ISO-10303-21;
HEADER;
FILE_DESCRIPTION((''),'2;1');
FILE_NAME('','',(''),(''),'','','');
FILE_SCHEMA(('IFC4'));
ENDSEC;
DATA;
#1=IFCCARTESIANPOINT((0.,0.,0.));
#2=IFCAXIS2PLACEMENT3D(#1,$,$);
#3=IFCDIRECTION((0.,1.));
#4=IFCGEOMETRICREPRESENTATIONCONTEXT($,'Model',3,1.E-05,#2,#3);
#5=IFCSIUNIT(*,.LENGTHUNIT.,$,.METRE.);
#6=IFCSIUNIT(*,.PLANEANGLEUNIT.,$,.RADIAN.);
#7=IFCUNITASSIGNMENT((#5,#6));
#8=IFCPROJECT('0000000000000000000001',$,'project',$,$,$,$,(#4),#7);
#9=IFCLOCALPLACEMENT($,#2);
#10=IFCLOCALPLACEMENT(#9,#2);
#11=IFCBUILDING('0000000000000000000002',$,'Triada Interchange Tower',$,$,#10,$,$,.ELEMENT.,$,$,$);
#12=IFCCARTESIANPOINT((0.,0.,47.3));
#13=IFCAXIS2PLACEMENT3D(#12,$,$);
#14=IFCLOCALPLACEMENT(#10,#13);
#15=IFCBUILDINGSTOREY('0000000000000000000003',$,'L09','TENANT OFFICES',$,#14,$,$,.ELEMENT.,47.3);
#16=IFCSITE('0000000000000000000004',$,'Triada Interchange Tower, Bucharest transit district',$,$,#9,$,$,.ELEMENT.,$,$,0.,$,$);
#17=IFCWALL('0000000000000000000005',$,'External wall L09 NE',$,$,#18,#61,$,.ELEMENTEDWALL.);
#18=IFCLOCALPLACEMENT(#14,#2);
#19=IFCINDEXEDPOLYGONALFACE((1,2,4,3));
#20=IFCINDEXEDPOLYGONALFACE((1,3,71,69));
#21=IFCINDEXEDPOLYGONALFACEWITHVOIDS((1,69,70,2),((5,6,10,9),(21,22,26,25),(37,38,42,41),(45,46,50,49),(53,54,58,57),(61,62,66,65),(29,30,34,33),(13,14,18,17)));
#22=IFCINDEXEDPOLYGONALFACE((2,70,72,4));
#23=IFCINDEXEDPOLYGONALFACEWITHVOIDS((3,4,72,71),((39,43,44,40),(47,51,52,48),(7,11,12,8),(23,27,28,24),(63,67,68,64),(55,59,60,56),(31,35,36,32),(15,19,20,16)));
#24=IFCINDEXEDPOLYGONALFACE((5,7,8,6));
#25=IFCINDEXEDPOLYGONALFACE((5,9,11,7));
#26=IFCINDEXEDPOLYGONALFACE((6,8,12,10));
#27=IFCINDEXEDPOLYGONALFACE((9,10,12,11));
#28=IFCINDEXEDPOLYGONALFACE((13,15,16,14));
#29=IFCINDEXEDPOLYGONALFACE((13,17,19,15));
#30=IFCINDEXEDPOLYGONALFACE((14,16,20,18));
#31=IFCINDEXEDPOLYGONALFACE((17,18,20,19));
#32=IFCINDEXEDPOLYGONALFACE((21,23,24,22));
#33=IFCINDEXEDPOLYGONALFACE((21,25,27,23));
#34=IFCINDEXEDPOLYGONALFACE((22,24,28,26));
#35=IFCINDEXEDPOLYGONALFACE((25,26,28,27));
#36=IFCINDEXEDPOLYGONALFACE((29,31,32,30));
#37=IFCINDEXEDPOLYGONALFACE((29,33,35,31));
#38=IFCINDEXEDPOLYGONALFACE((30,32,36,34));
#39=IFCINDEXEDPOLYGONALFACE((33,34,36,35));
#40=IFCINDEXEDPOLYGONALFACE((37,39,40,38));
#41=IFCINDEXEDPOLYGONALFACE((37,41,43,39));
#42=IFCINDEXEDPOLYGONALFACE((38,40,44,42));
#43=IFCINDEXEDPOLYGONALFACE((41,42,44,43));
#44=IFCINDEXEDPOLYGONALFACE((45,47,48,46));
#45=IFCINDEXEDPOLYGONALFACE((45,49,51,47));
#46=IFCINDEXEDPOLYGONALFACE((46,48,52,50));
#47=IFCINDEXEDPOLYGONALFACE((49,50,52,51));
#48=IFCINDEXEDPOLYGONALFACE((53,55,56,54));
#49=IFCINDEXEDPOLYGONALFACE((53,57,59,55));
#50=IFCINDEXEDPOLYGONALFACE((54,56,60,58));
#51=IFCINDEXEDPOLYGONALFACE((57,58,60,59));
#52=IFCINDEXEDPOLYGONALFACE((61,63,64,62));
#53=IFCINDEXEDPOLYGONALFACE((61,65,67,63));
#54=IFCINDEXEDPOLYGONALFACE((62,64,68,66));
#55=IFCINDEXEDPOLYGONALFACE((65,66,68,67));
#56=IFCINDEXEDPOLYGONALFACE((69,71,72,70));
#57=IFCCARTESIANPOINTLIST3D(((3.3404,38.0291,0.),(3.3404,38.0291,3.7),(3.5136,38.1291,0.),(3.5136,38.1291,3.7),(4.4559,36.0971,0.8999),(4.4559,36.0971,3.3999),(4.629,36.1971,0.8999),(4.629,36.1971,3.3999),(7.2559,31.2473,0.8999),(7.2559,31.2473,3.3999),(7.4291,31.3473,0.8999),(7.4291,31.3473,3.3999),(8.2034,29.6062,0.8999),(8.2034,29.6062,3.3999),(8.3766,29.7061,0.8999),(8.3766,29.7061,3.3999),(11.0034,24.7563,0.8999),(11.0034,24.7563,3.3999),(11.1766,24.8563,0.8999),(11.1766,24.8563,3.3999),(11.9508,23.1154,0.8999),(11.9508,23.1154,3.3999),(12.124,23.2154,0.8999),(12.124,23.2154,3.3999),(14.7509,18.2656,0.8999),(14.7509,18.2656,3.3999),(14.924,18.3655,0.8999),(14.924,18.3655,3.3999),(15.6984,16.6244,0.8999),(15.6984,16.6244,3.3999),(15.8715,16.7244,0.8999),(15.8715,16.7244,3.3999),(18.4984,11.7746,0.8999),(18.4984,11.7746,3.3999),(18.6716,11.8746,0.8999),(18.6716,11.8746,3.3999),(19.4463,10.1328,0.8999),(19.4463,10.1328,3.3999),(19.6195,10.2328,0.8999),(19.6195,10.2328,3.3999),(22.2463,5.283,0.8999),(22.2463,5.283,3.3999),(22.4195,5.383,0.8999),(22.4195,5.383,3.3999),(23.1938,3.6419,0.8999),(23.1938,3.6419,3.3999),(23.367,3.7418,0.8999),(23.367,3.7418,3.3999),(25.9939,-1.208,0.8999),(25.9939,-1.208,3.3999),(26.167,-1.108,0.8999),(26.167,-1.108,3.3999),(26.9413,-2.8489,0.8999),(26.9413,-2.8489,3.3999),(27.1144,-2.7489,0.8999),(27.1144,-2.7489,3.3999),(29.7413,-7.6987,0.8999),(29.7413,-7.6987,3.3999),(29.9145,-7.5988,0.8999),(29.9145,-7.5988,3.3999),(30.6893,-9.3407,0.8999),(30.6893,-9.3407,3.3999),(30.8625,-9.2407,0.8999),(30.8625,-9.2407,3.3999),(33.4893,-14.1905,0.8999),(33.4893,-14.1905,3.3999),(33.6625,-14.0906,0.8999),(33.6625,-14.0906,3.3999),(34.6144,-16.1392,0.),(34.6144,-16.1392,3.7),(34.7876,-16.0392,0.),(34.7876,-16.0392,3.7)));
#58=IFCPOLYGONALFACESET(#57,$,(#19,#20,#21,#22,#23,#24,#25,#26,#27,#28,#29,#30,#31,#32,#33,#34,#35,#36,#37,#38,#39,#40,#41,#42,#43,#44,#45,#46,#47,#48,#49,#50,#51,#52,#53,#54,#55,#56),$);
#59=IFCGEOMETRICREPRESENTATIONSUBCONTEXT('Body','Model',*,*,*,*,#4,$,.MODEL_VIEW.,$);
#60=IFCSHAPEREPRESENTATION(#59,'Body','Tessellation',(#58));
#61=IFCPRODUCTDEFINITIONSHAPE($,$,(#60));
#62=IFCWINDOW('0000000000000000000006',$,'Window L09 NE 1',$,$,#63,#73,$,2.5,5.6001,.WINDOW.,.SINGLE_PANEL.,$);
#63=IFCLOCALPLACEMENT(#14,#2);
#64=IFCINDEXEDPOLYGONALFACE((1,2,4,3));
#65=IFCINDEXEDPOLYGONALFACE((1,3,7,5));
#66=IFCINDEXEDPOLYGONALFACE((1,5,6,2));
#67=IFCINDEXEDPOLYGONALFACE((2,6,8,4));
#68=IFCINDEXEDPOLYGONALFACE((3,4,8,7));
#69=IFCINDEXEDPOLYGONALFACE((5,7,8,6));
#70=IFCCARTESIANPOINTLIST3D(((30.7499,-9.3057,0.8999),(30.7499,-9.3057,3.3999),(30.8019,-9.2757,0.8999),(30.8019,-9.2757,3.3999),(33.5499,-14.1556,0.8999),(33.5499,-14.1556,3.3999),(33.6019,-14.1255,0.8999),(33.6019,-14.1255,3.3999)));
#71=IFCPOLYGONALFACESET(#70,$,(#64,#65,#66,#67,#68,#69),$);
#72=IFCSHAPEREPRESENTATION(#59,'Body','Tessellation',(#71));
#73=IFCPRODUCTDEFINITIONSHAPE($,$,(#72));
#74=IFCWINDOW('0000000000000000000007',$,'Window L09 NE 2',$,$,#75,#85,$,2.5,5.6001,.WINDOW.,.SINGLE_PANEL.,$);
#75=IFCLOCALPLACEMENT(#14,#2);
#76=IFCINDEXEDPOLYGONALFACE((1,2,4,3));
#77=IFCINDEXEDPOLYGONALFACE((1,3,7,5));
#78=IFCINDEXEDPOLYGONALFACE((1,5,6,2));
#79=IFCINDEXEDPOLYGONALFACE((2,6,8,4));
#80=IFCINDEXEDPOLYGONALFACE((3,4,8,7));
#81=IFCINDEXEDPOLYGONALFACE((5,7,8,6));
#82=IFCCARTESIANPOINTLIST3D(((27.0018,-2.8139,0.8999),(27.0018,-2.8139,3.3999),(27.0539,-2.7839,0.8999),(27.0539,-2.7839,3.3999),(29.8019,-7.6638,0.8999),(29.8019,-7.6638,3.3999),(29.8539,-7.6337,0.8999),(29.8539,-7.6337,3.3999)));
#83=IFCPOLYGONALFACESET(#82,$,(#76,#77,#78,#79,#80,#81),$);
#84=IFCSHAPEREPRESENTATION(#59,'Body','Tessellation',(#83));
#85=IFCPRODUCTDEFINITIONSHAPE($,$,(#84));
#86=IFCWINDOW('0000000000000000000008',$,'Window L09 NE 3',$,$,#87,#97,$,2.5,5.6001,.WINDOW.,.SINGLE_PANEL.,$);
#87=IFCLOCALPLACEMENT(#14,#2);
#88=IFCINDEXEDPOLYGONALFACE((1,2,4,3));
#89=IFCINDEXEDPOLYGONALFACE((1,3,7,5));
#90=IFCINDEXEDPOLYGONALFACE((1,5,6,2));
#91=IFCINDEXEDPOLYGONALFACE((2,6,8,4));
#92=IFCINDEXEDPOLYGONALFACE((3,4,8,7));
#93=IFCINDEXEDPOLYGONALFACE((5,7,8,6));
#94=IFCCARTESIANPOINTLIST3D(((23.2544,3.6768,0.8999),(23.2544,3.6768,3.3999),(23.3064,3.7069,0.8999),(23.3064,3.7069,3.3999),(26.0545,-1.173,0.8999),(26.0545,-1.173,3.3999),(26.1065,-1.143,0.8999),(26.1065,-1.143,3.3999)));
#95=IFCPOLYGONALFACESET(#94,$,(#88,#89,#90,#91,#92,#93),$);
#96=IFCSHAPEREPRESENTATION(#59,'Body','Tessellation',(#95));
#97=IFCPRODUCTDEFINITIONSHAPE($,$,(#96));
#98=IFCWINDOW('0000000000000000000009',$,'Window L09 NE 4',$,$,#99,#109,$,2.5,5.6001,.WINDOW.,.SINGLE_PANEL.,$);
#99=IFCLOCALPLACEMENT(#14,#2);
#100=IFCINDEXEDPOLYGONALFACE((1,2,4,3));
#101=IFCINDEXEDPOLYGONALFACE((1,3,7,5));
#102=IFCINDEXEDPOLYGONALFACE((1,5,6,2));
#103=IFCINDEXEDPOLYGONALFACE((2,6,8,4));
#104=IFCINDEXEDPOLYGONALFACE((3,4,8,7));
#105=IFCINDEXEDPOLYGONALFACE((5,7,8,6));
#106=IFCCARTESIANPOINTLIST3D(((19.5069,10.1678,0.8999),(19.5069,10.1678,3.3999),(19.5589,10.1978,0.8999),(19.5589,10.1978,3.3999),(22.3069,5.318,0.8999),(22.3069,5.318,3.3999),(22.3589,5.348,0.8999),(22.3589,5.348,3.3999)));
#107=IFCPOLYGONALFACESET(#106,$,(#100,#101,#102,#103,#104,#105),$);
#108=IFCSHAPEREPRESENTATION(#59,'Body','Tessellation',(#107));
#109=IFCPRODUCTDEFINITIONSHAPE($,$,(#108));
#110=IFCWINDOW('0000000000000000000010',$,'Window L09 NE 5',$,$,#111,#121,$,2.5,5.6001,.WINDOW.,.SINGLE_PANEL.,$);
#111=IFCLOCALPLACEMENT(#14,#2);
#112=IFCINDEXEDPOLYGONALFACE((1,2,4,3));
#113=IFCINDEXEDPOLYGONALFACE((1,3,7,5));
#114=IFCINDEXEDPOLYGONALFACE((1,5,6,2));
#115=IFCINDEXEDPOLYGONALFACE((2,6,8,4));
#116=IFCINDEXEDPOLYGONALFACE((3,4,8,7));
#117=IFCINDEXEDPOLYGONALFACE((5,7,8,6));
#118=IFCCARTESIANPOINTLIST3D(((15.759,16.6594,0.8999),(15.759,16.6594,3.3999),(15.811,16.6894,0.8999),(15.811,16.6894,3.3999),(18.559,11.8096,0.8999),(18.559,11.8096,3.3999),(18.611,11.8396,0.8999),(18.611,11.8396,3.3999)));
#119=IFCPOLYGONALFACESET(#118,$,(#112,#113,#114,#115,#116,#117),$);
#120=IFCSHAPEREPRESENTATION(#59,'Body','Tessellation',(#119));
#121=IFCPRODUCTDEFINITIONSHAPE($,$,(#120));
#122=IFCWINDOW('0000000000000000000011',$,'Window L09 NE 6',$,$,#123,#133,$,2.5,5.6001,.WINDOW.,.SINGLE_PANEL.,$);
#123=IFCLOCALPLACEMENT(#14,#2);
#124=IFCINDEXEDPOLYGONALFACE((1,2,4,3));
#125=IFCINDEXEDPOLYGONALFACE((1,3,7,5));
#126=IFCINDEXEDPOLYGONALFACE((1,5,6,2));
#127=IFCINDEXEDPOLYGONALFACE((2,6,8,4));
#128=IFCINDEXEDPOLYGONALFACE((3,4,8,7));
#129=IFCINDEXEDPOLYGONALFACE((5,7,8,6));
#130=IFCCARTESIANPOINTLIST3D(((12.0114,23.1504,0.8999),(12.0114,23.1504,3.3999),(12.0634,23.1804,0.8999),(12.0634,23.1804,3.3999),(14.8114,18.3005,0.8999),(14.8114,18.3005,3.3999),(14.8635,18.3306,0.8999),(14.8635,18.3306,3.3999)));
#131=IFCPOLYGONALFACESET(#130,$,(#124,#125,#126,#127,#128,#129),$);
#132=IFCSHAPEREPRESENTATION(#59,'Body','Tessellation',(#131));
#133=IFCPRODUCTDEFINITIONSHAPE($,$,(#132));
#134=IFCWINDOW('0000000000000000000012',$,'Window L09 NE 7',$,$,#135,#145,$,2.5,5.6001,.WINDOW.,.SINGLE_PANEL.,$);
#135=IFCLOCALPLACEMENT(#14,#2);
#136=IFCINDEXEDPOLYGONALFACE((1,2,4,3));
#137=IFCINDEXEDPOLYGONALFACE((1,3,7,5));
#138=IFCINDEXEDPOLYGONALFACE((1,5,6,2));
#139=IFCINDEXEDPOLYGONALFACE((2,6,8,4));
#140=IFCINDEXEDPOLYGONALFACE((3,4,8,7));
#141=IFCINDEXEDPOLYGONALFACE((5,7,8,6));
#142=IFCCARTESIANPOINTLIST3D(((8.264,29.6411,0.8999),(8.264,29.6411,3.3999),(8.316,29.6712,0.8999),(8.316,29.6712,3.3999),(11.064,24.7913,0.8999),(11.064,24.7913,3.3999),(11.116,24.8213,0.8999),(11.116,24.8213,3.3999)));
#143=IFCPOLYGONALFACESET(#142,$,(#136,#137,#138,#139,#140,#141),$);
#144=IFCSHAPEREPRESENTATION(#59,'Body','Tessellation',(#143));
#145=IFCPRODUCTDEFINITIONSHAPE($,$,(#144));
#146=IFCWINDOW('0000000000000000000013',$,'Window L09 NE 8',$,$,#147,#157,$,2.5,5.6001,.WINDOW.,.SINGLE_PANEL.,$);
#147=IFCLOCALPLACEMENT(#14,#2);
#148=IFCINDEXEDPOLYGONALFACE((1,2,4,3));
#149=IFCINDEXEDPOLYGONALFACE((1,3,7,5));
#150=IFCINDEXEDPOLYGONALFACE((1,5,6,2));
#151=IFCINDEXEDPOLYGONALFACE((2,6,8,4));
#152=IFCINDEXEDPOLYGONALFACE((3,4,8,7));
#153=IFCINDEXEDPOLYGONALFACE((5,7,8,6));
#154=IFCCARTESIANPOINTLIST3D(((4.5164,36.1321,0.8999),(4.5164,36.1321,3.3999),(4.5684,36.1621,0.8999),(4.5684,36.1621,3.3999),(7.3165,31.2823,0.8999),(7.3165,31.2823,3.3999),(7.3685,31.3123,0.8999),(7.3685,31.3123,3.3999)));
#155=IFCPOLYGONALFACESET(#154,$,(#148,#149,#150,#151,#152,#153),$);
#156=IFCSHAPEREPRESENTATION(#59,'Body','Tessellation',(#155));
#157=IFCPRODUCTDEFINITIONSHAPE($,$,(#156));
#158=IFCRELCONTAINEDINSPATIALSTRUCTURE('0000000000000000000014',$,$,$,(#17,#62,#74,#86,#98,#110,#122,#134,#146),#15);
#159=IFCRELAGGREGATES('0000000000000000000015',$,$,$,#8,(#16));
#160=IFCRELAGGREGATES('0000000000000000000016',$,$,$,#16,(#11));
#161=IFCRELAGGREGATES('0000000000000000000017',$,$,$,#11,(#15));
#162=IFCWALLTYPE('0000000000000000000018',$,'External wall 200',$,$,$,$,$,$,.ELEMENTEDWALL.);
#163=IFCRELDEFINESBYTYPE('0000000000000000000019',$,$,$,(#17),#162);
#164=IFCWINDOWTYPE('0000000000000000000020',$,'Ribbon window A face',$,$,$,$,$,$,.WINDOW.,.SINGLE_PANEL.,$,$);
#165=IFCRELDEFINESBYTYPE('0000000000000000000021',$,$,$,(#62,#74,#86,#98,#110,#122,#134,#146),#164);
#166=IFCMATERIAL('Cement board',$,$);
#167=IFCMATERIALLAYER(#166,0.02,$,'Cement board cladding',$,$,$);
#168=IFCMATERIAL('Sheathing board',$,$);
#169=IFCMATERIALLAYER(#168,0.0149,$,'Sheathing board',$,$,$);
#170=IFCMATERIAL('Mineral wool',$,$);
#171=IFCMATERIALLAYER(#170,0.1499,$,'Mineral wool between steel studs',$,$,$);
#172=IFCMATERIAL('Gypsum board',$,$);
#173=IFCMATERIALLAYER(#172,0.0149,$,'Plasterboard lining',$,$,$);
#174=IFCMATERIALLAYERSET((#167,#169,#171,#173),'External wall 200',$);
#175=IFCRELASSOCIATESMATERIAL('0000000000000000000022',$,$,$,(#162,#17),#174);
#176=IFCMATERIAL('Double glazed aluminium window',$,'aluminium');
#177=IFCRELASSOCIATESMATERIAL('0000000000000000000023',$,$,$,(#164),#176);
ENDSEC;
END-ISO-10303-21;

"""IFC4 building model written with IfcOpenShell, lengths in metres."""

from ifc_helpers import new_model, si_unit, direction, frame, frame_2d, origin, place, context, subcontext, project, spatial, rectangle, extrude, material, layer, layer_set, layer_usage, type_object, element, fill, save


model = new_model("IFC4")

# Units and contexts
model_context = context("Model", 3, precision=1e-05, world=origin(), true_north=direction((0.0, 1.0)))
body_context = subcontext(model_context, "Body", "Model", "MODEL_VIEW")
ifc_project = project(units=[si_unit("LENGTHUNIT", "METRE"), si_unit("PLANEANGLEUNIT", "RADIAN")], contexts=[model_context])

# Site, building, storey
site_placement = place(None, origin())
site = spatial("IfcSite", under=ifc_project, at=site_placement, Name="Triada Interchange Tower, Bucharest transit district", CompositionType="ELEMENT", RefElevation=0.0)
building_placement = place(site_placement, origin())
building = spatial("IfcBuilding", under=site, at=building_placement, Name="Triada Interchange Tower", CompositionType="ELEMENT")
storey_placement = place(building_placement, frame((0.0, 0.0, 47.3)))
storey = spatial("IfcBuildingStorey", under=building, at=storey_placement, Name="L09", Description="TENANT OFFICES", CompositionType="ELEMENT", Elevation=47.3)

# Shared definitions
ifc_material_1 = material(Name="Cement board")
ifc_layer_1 = layer(ifc_material_1, 0.02, Name="Cement board cladding")
ifc_material_2 = material(Name="Sheathing board")
ifc_layer_2 = layer(ifc_material_2, 0.0149, Name="Sheathing board")
ifc_material_3 = material(Name="Mineral wool")
ifc_layer_3 = layer(ifc_material_3, 0.1499, Name="Mineral wool between steel studs")
ifc_material_4 = material(Name="Gypsum board")
ifc_layer_4 = layer(ifc_material_4, 0.0149, Name="Plasterboard lining")
ifc_layer_set_1 = layer_set([ifc_layer_1, ifc_layer_2, ifc_layer_3, ifc_layer_4], Name="External wall 200")
ifc_layer_usage = layer_usage(ifc_layer_set_1, "AXIS2", "POSITIVE", -0.1001)
wall_type_1 = type_object("IfcWallType", Name="External wall 200", PredefinedType="ELEMENTEDWALL", material=ifc_layer_set_1)
ifc_material_5 = material(Name="Double glazed aluminium window", Category="aluminium")

# Wall, openings, windows
wall_1_placement = place(storey_placement, frame((34.7009, -16.0891, 0.0), z_axis=(0.0, 0.0, 1.0), x_axis=(-0.499999, 0.866026, 0.0)))
wall_1 = element("IfcWall", 1, at=wall_1_placement, inside=storey, type_object=wall_type_1, material=ifc_layer_usage, Name="External wall L09 NE", PredefinedType="ELEMENTEDWALL", context=body_context, shape_type="SweptSolid", body=[
    extrude(rectangle(XDim=62.5481, YDim=0.2, at=frame_2d((31.2739, 0.0))), origin(), (0.0, 0.0, 1.0), 3.7),
])
opening_1_placement = place(wall_1_placement, frame((2.25, 0.0, 0.8999)))
opening_1 = element("IfcOpeningElement", 2, at=opening_1_placement, cuts=wall_1, PredefinedType="OPENING", context=body_context, shape_type="SweptSolid", body=[
    extrude(rectangle(XDim=5.6001, YDim=2.5, at=frame_2d((2.8, 1.25))), frame((0.0, 0.1099, 0.0), z_axis=(0.0, -1.0, 0.0), x_axis=(1.0, 0.0, 0.0)), (0.0, 0.0, 1.0), 0.22),
])
opening_2_placement = place(wall_1_placement, frame((9.7461, 0.0, 0.8999)))
opening_2 = element("IfcOpeningElement", 3, at=opening_2_placement, cuts=wall_1, PredefinedType="OPENING", context=body_context, shape_type="SweptSolid", body=[
    extrude(rectangle(XDim=5.6001, YDim=2.5, at=frame_2d((2.8, 1.25))), frame((0.0, 0.1099, 0.0), z_axis=(0.0, -1.0, 0.0), x_axis=(1.0, 0.0, 0.0)), (0.0, 0.0, 1.0), 0.22),
])
opening_3_placement = place(wall_1_placement, frame((17.241, 0.0, 0.8999)))
opening_3 = element("IfcOpeningElement", 4, at=opening_3_placement, cuts=wall_1, PredefinedType="OPENING", context=body_context, shape_type="SweptSolid", body=[
    extrude(rectangle(XDim=5.6001, YDim=2.5, at=frame_2d((2.8, 1.25))), frame((0.0, 0.1099, 0.0), z_axis=(0.0, -1.0, 0.0), x_axis=(1.0, 0.0, 0.0)), (0.0, 0.0, 1.0), 0.22),
])
opening_4_placement = place(wall_1_placement, frame((24.7361, 0.0, 0.8999)))
opening_4 = element("IfcOpeningElement", 5, at=opening_4_placement, cuts=wall_1, PredefinedType="OPENING", context=body_context, shape_type="SweptSolid", body=[
    extrude(rectangle(XDim=5.6001, YDim=2.5, at=frame_2d((2.8, 1.25))), frame((0.0, 0.1099, 0.0), z_axis=(0.0, -1.0, 0.0), x_axis=(1.0, 0.0, 0.0)), (0.0, 0.0, 1.0), 0.22),
])
opening_5_placement = place(wall_1_placement, frame((32.2319, 0.0, 0.8999)))
opening_5 = element("IfcOpeningElement", 6, at=opening_5_placement, cuts=wall_1, PredefinedType="OPENING", context=body_context, shape_type="SweptSolid", body=[
    extrude(rectangle(XDim=5.6001, YDim=2.5, at=frame_2d((2.8, 1.25))), frame((0.0, 0.1099, 0.0), z_axis=(0.0, -1.0, 0.0), x_axis=(1.0, 0.0, 0.0)), (0.0, 0.0, 1.0), 0.22),
])
opening_6_placement = place(wall_1_placement, frame((39.7271, 0.0, 0.8999)))
opening_6 = element("IfcOpeningElement", 7, at=opening_6_placement, cuts=wall_1, PredefinedType="OPENING", context=body_context, shape_type="SweptSolid", body=[
    extrude(rectangle(XDim=5.6001, YDim=2.5, at=frame_2d((2.8, 1.25))), frame((0.0, 0.1099, 0.0), z_axis=(0.0, -1.0, 0.0), x_axis=(1.0, 0.0, 0.0)), (0.0, 0.0, 1.0), 0.22),
])
opening_7_placement = place(wall_1_placement, frame((47.2219, 0.0, 0.8999)))
opening_7 = element("IfcOpeningElement", 8, at=opening_7_placement, cuts=wall_1, PredefinedType="OPENING", context=body_context, shape_type="SweptSolid", body=[
    extrude(rectangle(XDim=5.6001, YDim=2.5, at=frame_2d((2.8, 1.25))), frame((0.0, 0.1099, 0.0), z_axis=(0.0, -1.0, 0.0), x_axis=(1.0, 0.0, 0.0)), (0.0, 0.0, 1.0), 0.22),
])
opening_8_placement = place(wall_1_placement, frame((54.717, 0.0, 0.8999)))
opening_8 = element("IfcOpeningElement", 9, at=opening_8_placement, cuts=wall_1, PredefinedType="OPENING", context=body_context, shape_type="SweptSolid", body=[
    extrude(rectangle(XDim=5.6001, YDim=2.5, at=frame_2d((2.8, 1.25))), frame((0.0, 0.1099, 0.0), z_axis=(0.0, -1.0, 0.0), x_axis=(1.0, 0.0, 0.0)), (0.0, 0.0, 1.0), 0.22),
])
window_type_1 = type_object("IfcWindowType", Name="Ribbon window A face", PartitioningType="SINGLE_PANEL", PredefinedType="WINDOW", material=ifc_material_5)
window_1_placement = place(opening_1_placement, origin())
window_1 = element("IfcWindow", 10, at=window_1_placement, inside=storey, type_object=window_type_1, Name="Window L09 NE 1", OverallHeight=2.5, OverallWidth=5.6001, PartitioningType="SINGLE_PANEL", PredefinedType="WINDOW", context=body_context, shape_type="SweptSolid", body=[
    extrude(rectangle(XDim=5.6001, YDim=2.5, at=frame_2d((2.8, 1.25))), frame((0.0, 0.03, 0.0), z_axis=(0.0, -1.0, 0.0), x_axis=(1.0, 0.0, 0.0)), (0.0, 0.0, 1.0), 0.0601),
])
fill(opening_1, window_1)
window_2_placement = place(opening_2_placement, origin())
window_2 = element("IfcWindow", 11, at=window_2_placement, inside=storey, type_object=window_type_1, Name="Window L09 NE 2", OverallHeight=2.5, OverallWidth=5.6001, PartitioningType="SINGLE_PANEL", PredefinedType="WINDOW", context=body_context, shape_type="SweptSolid", body=[
    extrude(rectangle(XDim=5.6001, YDim=2.5, at=frame_2d((2.8, 1.25))), frame((0.0, 0.03, 0.0), z_axis=(0.0, -1.0, 0.0), x_axis=(1.0, 0.0, 0.0)), (0.0, 0.0, 1.0), 0.0601),
])
fill(opening_2, window_2)
window_3_placement = place(opening_3_placement, origin())
window_3 = element("IfcWindow", 12, at=window_3_placement, inside=storey, type_object=window_type_1, Name="Window L09 NE 3", OverallHeight=2.5, OverallWidth=5.6001, PartitioningType="SINGLE_PANEL", PredefinedType="WINDOW", context=body_context, shape_type="SweptSolid", body=[
    extrude(rectangle(XDim=5.6001, YDim=2.5, at=frame_2d((2.8, 1.25))), frame((0.0, 0.03, 0.0), z_axis=(0.0, -1.0, 0.0), x_axis=(1.0, 0.0, 0.0)), (0.0, 0.0, 1.0), 0.0601),
])
fill(opening_3, window_3)
window_4_placement = place(opening_4_placement, origin())
window_4 = element("IfcWindow", 13, at=window_4_placement, inside=storey, type_object=window_type_1, Name="Window L09 NE 4", OverallHeight=2.5, OverallWidth=5.6001, PartitioningType="SINGLE_PANEL", PredefinedType="WINDOW", context=body_context, shape_type="SweptSolid", body=[
    extrude(rectangle(XDim=5.6001, YDim=2.5, at=frame_2d((2.8, 1.25))), frame((0.0, 0.03, 0.0), z_axis=(0.0, -1.0, 0.0), x_axis=(1.0, 0.0, 0.0)), (0.0, 0.0, 1.0), 0.0601),
])
fill(opening_4, window_4)
window_5_placement = place(opening_5_placement, origin())
window_5 = element("IfcWindow", 14, at=window_5_placement, inside=storey, type_object=window_type_1, Name="Window L09 NE 5", OverallHeight=2.5, OverallWidth=5.6001, PartitioningType="SINGLE_PANEL", PredefinedType="WINDOW", context=body_context, shape_type="SweptSolid", body=[
    extrude(rectangle(XDim=5.6001, YDim=2.5, at=frame_2d((2.8, 1.25))), frame((0.0, 0.03, 0.0), z_axis=(0.0, -1.0, 0.0), x_axis=(1.0, 0.0, 0.0)), (0.0, 0.0, 1.0), 0.0601),
])
fill(opening_5, window_5)
window_6_placement = place(opening_6_placement, origin())
window_6 = element("IfcWindow", 15, at=window_6_placement, inside=storey, type_object=window_type_1, Name="Window L09 NE 6", OverallHeight=2.5, OverallWidth=5.6001, PartitioningType="SINGLE_PANEL", PredefinedType="WINDOW", context=body_context, shape_type="SweptSolid", body=[
    extrude(rectangle(XDim=5.6001, YDim=2.5, at=frame_2d((2.8, 1.25))), frame((0.0, 0.03, 0.0), z_axis=(0.0, -1.0, 0.0), x_axis=(1.0, 0.0, 0.0)), (0.0, 0.0, 1.0), 0.0601),
])
fill(opening_6, window_6)
window_7_placement = place(opening_7_placement, origin())
window_7 = element("IfcWindow", 16, at=window_7_placement, inside=storey, type_object=window_type_1, Name="Window L09 NE 7", OverallHeight=2.5, OverallWidth=5.6001, PartitioningType="SINGLE_PANEL", PredefinedType="WINDOW", context=body_context, shape_type="SweptSolid", body=[
    extrude(rectangle(XDim=5.6001, YDim=2.5, at=frame_2d((2.8, 1.25))), frame((0.0, 0.03, 0.0), z_axis=(0.0, -1.0, 0.0), x_axis=(1.0, 0.0, 0.0)), (0.0, 0.0, 1.0), 0.0601),
])
fill(opening_7, window_7)
window_8_placement = place(opening_8_placement, origin())
window_8 = element("IfcWindow", 17, at=window_8_placement, inside=storey, type_object=window_type_1, Name="Window L09 NE 8", OverallHeight=2.5, OverallWidth=5.6001, PartitioningType="SINGLE_PANEL", PredefinedType="WINDOW", context=body_context, shape_type="SweptSolid", body=[
    extrude(rectangle(XDim=5.6001, YDim=2.5, at=frame_2d((2.8, 1.25))), frame((0.0, 0.03, 0.0), z_axis=(0.0, -1.0, 0.0), x_axis=(1.0, 0.0, 0.0)), (0.0, 0.0, 1.0), 0.0601),
])
fill(opening_8, window_8)

save(model, "model.ifc")
